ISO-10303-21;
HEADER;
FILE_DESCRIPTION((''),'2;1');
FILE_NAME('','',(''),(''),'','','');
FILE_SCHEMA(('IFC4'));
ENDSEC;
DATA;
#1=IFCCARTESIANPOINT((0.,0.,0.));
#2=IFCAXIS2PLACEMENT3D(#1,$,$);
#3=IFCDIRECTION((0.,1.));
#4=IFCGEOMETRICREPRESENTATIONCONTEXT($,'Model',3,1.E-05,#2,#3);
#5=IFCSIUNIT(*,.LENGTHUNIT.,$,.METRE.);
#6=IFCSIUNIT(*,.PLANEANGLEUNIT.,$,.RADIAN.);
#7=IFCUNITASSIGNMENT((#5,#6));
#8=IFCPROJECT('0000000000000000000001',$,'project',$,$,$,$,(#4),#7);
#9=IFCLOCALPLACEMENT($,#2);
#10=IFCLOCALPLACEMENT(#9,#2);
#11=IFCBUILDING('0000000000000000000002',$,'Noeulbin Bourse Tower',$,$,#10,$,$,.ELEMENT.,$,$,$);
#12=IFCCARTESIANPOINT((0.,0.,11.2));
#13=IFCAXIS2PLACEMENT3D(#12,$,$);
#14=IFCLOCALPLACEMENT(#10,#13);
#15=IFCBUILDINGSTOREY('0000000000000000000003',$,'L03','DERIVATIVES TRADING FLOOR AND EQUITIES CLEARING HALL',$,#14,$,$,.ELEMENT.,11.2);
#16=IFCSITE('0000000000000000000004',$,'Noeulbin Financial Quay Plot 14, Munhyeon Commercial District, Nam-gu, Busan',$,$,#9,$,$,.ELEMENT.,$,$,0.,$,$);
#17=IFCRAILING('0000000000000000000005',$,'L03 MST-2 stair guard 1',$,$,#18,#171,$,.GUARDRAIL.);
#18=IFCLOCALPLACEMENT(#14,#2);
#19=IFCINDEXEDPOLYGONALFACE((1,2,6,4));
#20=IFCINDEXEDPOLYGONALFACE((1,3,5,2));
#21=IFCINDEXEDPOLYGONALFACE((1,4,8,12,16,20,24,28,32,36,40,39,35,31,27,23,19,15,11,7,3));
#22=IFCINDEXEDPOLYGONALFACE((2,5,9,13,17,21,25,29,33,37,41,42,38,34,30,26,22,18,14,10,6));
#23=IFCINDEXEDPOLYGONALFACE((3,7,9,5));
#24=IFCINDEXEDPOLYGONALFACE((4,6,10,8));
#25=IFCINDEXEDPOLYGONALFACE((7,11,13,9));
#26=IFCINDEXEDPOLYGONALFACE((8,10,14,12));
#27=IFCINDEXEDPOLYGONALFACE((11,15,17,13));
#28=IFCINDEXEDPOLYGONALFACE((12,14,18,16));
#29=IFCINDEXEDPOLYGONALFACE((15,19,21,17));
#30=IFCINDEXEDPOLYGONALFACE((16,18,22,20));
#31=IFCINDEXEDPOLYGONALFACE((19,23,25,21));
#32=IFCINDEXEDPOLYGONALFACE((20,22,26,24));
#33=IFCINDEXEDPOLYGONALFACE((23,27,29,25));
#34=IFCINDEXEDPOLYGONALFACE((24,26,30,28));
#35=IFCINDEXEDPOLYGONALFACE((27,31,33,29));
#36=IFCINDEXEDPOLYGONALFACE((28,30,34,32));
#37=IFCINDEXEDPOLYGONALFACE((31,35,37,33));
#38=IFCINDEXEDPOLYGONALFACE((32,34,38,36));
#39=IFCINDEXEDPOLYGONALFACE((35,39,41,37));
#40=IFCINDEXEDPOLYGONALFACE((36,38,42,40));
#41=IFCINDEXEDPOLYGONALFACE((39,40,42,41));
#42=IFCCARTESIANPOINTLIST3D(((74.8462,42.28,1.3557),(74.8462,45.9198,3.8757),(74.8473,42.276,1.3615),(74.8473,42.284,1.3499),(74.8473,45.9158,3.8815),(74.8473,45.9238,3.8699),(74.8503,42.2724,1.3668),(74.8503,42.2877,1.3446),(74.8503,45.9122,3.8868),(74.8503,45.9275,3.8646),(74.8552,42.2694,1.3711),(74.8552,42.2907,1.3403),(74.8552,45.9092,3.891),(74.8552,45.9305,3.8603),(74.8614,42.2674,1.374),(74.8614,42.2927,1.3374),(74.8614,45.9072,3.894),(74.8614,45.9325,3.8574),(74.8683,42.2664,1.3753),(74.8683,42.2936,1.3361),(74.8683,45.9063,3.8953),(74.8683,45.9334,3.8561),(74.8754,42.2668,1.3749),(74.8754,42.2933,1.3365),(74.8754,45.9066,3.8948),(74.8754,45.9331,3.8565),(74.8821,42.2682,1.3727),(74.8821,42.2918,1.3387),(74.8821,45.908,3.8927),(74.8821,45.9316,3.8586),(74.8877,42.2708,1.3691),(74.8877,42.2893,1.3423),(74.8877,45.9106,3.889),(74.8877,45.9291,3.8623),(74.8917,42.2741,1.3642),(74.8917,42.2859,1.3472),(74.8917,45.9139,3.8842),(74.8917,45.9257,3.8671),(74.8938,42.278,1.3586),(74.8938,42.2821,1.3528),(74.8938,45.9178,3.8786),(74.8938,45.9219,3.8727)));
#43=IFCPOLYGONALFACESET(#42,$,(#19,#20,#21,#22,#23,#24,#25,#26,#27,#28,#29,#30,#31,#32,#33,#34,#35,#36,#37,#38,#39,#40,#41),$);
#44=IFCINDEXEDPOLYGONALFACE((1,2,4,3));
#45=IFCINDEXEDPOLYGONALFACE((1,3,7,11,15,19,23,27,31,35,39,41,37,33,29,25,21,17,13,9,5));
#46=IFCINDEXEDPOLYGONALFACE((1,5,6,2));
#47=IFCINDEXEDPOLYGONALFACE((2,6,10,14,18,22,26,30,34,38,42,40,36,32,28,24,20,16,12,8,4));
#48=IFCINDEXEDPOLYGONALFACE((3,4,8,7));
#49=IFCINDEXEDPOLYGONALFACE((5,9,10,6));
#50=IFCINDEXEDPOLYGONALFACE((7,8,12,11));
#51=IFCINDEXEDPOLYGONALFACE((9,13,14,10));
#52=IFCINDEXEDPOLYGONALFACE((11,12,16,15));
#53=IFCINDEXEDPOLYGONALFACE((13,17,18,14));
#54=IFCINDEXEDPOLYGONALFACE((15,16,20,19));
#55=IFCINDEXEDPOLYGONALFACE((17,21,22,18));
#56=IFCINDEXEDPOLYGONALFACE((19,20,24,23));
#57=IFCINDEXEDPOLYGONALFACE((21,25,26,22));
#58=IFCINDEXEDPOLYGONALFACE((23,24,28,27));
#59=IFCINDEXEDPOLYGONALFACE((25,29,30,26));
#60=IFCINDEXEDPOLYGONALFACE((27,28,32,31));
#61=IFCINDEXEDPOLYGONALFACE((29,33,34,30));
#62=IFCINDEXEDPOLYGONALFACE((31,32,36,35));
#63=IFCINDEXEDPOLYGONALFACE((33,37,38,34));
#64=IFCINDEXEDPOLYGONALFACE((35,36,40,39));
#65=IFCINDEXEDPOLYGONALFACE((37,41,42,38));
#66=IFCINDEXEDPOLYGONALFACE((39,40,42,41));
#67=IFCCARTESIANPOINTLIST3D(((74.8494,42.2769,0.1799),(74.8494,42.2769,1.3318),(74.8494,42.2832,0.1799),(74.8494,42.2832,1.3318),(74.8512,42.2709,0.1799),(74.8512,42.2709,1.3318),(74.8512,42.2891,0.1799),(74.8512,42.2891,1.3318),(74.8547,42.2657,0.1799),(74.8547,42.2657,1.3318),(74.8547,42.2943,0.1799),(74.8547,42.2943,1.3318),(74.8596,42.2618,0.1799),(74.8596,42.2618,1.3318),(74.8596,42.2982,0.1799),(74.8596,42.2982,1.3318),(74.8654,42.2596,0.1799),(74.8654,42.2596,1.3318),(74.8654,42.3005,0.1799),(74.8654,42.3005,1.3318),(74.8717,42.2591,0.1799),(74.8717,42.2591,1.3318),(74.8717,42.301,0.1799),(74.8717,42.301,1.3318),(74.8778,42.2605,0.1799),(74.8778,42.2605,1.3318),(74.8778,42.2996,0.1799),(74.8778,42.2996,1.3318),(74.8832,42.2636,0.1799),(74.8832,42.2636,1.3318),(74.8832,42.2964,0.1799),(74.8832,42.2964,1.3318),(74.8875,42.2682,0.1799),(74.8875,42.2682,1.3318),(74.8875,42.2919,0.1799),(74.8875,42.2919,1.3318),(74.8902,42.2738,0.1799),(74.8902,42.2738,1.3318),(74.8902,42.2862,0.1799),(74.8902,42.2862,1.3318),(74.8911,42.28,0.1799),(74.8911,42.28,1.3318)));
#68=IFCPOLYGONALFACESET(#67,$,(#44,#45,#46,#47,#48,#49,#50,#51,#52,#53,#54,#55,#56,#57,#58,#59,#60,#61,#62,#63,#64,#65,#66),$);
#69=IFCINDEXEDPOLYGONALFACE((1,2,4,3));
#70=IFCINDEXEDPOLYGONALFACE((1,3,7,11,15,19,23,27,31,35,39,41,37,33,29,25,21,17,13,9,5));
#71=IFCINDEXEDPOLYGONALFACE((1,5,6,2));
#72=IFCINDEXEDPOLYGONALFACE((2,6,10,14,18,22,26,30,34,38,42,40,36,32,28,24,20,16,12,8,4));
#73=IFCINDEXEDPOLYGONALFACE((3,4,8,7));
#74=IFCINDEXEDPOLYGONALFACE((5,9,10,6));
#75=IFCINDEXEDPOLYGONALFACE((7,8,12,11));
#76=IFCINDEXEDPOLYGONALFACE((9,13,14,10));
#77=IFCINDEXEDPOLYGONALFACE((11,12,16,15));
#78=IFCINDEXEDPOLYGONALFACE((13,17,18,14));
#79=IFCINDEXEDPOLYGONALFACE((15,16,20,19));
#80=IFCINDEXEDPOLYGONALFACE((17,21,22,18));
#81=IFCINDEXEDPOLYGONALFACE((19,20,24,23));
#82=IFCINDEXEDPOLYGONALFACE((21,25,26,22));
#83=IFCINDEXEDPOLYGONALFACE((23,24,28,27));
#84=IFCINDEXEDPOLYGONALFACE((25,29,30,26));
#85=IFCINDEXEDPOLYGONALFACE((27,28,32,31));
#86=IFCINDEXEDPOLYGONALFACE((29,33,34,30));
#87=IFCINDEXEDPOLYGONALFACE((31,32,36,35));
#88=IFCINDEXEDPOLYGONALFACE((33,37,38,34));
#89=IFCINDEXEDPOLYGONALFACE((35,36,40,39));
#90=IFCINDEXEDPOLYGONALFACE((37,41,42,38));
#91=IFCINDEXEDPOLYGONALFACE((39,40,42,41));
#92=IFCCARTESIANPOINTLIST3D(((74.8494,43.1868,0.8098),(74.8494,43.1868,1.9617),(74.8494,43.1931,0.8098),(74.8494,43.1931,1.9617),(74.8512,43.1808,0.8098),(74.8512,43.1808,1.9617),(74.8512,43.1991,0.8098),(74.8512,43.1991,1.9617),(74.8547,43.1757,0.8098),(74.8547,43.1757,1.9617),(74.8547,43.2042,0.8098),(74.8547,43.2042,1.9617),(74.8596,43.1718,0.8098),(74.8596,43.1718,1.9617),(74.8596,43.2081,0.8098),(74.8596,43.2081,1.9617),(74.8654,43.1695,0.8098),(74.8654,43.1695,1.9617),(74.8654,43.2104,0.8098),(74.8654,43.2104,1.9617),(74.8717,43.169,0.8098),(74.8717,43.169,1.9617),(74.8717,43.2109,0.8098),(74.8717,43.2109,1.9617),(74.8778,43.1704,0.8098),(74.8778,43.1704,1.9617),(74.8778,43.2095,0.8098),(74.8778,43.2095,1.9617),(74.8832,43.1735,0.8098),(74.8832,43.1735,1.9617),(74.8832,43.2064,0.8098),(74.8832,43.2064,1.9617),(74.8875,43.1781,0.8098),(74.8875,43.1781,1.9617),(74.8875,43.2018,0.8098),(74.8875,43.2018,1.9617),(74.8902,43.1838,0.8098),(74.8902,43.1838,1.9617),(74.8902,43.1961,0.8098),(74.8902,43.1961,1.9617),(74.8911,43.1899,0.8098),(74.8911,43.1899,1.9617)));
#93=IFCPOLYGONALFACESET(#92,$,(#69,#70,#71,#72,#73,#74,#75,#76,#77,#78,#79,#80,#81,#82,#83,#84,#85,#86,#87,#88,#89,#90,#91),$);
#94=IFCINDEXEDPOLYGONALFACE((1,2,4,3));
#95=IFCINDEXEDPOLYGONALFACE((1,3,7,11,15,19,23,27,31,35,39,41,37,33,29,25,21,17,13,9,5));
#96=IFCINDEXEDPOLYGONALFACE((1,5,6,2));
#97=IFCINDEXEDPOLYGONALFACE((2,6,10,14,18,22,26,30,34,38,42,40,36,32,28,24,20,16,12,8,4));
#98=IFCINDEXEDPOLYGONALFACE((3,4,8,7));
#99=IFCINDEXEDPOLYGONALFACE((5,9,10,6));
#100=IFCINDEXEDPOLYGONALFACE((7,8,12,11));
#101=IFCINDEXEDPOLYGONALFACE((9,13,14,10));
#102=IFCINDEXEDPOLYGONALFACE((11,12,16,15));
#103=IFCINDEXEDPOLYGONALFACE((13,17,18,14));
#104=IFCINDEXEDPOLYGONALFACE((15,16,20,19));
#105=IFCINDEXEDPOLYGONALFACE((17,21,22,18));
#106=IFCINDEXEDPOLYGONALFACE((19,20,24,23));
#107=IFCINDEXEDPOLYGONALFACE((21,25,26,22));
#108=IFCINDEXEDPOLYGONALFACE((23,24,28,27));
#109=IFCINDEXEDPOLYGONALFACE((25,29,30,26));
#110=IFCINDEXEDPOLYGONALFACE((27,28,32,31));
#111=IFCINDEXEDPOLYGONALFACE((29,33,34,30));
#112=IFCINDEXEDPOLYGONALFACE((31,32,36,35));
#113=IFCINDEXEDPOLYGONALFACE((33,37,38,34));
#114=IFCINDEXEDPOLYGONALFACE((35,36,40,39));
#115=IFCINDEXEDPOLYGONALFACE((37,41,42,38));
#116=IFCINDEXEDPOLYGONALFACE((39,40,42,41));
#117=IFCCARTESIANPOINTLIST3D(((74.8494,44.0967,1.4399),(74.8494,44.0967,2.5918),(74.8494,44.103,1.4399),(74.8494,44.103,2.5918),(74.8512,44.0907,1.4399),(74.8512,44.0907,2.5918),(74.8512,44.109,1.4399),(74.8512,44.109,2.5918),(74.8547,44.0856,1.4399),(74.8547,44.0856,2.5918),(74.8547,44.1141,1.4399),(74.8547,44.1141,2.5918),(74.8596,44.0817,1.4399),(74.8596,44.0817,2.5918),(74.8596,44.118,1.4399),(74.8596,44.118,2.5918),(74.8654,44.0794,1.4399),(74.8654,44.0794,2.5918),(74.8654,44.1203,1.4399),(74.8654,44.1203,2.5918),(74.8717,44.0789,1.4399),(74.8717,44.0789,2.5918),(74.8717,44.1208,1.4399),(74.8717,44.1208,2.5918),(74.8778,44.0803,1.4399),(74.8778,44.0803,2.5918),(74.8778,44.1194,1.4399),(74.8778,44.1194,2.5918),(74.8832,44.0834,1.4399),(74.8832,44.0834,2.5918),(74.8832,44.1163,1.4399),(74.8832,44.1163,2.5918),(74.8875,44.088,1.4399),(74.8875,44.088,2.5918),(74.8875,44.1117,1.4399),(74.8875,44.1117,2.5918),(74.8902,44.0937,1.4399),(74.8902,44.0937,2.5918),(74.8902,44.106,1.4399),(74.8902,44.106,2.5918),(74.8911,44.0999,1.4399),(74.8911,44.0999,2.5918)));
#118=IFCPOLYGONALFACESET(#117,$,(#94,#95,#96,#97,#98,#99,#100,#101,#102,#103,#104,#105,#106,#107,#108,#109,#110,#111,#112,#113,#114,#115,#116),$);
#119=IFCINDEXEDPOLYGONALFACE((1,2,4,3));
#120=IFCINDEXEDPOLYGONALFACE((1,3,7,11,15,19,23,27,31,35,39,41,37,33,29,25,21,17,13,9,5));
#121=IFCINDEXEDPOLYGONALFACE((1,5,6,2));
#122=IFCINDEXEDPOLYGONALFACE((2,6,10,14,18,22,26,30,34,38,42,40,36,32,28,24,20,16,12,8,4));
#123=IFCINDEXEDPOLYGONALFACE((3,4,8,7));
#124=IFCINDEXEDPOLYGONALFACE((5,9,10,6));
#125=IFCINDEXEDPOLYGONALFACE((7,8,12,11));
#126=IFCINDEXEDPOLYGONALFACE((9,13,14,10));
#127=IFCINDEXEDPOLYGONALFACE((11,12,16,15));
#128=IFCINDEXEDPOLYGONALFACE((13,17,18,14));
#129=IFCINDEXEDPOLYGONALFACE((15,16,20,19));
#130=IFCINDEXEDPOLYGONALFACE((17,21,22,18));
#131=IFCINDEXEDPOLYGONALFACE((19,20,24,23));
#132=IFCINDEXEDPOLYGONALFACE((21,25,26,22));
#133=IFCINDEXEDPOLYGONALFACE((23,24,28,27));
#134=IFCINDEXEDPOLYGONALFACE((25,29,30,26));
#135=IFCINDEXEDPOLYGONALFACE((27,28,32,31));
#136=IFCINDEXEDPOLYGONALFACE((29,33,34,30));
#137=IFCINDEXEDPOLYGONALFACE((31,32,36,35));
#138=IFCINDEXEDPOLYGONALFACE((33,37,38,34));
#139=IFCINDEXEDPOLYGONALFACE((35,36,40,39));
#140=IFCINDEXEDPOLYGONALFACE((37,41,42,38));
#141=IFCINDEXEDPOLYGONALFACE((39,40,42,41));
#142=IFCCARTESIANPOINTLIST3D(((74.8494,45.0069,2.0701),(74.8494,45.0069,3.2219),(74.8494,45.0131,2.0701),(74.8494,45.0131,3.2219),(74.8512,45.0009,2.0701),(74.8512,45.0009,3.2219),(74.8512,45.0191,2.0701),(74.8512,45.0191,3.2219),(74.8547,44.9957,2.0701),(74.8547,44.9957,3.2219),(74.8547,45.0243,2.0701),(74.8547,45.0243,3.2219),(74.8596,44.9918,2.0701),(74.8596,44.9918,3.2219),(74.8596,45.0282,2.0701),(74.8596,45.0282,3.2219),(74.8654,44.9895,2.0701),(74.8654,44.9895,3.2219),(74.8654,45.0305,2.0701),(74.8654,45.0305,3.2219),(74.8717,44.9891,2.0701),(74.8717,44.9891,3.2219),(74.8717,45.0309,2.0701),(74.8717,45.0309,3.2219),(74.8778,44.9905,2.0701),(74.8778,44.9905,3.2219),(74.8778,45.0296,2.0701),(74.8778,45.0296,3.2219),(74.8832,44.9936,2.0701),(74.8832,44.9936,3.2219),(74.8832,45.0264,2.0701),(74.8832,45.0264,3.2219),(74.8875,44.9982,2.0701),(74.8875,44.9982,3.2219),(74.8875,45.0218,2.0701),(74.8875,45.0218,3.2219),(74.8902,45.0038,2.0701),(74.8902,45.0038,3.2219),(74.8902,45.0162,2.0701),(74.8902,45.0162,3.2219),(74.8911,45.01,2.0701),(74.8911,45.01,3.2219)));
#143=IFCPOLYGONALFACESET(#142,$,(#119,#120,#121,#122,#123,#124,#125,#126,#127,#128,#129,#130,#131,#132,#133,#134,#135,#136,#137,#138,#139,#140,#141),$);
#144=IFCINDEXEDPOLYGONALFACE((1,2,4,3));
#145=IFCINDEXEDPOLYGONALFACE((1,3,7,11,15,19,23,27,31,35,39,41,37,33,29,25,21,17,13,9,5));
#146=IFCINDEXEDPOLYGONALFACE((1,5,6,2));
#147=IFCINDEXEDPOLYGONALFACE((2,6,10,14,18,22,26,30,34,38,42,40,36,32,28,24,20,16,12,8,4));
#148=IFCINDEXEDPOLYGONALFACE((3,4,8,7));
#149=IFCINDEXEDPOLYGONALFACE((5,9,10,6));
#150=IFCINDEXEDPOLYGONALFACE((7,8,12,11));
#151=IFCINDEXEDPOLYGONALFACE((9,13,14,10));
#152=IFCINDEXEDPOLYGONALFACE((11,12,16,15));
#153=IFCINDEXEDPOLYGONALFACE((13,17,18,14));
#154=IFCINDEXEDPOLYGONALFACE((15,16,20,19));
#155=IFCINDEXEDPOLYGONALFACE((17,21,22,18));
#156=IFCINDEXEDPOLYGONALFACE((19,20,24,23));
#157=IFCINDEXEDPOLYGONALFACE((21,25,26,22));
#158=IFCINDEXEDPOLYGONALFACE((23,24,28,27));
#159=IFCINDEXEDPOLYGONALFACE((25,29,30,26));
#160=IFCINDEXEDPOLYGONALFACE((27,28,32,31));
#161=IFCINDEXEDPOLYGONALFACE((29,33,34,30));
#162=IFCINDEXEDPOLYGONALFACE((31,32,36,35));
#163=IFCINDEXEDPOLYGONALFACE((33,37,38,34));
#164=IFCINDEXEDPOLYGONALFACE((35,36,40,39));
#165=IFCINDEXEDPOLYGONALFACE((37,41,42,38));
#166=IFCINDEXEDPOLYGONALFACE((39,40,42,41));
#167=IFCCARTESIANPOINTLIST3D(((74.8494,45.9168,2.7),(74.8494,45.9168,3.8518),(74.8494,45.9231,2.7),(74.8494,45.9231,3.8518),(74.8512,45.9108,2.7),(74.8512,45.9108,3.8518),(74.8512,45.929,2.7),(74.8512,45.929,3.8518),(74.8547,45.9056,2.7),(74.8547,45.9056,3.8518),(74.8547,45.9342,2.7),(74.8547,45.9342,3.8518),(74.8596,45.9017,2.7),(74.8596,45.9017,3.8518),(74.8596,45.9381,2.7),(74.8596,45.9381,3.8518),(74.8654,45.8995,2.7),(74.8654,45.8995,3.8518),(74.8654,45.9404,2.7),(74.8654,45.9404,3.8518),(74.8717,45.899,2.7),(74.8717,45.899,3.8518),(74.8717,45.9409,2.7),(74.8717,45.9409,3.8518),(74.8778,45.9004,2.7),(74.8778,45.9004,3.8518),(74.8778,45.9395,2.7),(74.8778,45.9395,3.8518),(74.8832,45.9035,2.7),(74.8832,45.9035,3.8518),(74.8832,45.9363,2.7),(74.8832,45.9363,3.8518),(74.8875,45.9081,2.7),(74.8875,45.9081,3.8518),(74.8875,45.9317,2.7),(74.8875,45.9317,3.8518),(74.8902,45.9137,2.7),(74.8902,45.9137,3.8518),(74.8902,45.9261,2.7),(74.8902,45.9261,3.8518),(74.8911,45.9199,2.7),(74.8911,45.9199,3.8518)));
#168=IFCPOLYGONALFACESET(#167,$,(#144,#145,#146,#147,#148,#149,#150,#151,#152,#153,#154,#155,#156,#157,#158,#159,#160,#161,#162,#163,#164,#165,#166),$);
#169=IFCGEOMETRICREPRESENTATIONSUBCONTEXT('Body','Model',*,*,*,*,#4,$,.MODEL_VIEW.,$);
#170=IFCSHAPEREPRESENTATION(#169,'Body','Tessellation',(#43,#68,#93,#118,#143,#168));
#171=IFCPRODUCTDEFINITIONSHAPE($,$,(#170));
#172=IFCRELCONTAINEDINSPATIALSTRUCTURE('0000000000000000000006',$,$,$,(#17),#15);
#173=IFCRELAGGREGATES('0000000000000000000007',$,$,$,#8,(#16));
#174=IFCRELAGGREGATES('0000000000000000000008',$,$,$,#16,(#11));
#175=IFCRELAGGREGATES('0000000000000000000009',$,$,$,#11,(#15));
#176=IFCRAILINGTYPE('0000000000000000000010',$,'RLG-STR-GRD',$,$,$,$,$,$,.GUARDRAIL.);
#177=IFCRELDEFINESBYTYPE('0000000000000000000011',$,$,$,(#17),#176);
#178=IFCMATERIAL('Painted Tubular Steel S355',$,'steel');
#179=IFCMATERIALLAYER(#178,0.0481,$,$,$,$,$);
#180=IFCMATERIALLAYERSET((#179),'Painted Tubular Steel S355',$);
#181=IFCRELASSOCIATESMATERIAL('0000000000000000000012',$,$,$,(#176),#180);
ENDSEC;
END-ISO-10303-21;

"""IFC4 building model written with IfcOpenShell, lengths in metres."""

from ifc_helpers import new_model, si_unit, direction, frame, origin, origin_2d, place, context, subcontext, project, spatial, circle, extrude, material, layer, layer_set, type_object, element, save


model = new_model("IFC4")

# Units and contexts
model_context = context("Model", 3, precision=1e-05, world=origin(), true_north=direction((0.0, 1.0)))
body_context = subcontext(model_context, "Body", "Model", "MODEL_VIEW")
ifc_project = project(units=[si_unit("LENGTHUNIT", "METRE"), si_unit("PLANEANGLEUNIT", "RADIAN")], contexts=[model_context])

# Site, building, storey
site_placement = place(None, origin())
site = spatial("IfcSite", under=ifc_project, at=site_placement, Name="Noeulbin Financial Quay Plot 14, Munhyeon Commercial District, Nam-gu, Busan", CompositionType="ELEMENT", RefElevation=0.0)
building_placement = place(site_placement, origin())
building = spatial("IfcBuilding", under=site, at=building_placement, Name="Noeulbin Bourse Tower", CompositionType="ELEMENT")
storey_placement = place(building_placement, frame((0.0, 0.0, 11.2)))
storey = spatial("IfcBuildingStorey", under=building, at=storey_placement, Name="L03", Description="DERIVATIVES TRADING FLOOR AND EQUITIES CLEARING HALL", CompositionType="ELEMENT", Elevation=11.2)

# Railing
ifc_material_1 = material(Name="Painted Tubular Steel S355", Category="steel")
ifc_layer_1 = layer(ifc_material_1, 0.0481)
ifc_layer_set_1 = layer_set([ifc_layer_1], Name="Painted Tubular Steel S355")
railing_type_1 = type_object("IfcRailingType", Name="RLG-STR-GRD", PredefinedType="GUARDRAIL", material=ifc_layer_set_1)
railing_1_placement = place(storey_placement, frame((74.8701, 42.28, 0.1799)))
element("IfcRailing", 1, at=railing_1_placement, inside=storey, type_object=railing_type_1, Name="L03 MST-2 stair guard 1", PredefinedType="GUARDRAIL", context=body_context, shape_type="SweptSolid", body=[
    extrude(circle(Radius=0.0239, at=origin_2d()), frame((0.0, 0.0, 1.1758), z_axis=(0.0, 0.822182, 0.569224), x_axis=(-1.0, 0.0, 0.0)), (0.0, 0.0, 1.0), 4.427),
    extrude(circle(Radius=0.021, at=origin_2d()), origin(), (0.0, 0.0, 1.0), 1.1519),
    extrude(circle(Radius=0.021, at=origin_2d()), frame((0.0, 0.9099, 0.6299)), (0.0, 0.0, 1.0), 1.1519),
    extrude(circle(Radius=0.021, at=origin_2d()), frame((0.0, 1.8198, 1.26)), (0.0, 0.0, 1.0), 1.1519),
    extrude(circle(Radius=0.021, at=origin_2d()), frame((0.0, 2.73, 1.8901)), (0.0, 0.0, 1.0), 1.1519),
    extrude(circle(Radius=0.021, at=origin_2d()), frame((0.0, 3.6399, 2.52)), (0.0, 0.0, 1.0), 1.1519),
])

save(model, "model.ifc")
